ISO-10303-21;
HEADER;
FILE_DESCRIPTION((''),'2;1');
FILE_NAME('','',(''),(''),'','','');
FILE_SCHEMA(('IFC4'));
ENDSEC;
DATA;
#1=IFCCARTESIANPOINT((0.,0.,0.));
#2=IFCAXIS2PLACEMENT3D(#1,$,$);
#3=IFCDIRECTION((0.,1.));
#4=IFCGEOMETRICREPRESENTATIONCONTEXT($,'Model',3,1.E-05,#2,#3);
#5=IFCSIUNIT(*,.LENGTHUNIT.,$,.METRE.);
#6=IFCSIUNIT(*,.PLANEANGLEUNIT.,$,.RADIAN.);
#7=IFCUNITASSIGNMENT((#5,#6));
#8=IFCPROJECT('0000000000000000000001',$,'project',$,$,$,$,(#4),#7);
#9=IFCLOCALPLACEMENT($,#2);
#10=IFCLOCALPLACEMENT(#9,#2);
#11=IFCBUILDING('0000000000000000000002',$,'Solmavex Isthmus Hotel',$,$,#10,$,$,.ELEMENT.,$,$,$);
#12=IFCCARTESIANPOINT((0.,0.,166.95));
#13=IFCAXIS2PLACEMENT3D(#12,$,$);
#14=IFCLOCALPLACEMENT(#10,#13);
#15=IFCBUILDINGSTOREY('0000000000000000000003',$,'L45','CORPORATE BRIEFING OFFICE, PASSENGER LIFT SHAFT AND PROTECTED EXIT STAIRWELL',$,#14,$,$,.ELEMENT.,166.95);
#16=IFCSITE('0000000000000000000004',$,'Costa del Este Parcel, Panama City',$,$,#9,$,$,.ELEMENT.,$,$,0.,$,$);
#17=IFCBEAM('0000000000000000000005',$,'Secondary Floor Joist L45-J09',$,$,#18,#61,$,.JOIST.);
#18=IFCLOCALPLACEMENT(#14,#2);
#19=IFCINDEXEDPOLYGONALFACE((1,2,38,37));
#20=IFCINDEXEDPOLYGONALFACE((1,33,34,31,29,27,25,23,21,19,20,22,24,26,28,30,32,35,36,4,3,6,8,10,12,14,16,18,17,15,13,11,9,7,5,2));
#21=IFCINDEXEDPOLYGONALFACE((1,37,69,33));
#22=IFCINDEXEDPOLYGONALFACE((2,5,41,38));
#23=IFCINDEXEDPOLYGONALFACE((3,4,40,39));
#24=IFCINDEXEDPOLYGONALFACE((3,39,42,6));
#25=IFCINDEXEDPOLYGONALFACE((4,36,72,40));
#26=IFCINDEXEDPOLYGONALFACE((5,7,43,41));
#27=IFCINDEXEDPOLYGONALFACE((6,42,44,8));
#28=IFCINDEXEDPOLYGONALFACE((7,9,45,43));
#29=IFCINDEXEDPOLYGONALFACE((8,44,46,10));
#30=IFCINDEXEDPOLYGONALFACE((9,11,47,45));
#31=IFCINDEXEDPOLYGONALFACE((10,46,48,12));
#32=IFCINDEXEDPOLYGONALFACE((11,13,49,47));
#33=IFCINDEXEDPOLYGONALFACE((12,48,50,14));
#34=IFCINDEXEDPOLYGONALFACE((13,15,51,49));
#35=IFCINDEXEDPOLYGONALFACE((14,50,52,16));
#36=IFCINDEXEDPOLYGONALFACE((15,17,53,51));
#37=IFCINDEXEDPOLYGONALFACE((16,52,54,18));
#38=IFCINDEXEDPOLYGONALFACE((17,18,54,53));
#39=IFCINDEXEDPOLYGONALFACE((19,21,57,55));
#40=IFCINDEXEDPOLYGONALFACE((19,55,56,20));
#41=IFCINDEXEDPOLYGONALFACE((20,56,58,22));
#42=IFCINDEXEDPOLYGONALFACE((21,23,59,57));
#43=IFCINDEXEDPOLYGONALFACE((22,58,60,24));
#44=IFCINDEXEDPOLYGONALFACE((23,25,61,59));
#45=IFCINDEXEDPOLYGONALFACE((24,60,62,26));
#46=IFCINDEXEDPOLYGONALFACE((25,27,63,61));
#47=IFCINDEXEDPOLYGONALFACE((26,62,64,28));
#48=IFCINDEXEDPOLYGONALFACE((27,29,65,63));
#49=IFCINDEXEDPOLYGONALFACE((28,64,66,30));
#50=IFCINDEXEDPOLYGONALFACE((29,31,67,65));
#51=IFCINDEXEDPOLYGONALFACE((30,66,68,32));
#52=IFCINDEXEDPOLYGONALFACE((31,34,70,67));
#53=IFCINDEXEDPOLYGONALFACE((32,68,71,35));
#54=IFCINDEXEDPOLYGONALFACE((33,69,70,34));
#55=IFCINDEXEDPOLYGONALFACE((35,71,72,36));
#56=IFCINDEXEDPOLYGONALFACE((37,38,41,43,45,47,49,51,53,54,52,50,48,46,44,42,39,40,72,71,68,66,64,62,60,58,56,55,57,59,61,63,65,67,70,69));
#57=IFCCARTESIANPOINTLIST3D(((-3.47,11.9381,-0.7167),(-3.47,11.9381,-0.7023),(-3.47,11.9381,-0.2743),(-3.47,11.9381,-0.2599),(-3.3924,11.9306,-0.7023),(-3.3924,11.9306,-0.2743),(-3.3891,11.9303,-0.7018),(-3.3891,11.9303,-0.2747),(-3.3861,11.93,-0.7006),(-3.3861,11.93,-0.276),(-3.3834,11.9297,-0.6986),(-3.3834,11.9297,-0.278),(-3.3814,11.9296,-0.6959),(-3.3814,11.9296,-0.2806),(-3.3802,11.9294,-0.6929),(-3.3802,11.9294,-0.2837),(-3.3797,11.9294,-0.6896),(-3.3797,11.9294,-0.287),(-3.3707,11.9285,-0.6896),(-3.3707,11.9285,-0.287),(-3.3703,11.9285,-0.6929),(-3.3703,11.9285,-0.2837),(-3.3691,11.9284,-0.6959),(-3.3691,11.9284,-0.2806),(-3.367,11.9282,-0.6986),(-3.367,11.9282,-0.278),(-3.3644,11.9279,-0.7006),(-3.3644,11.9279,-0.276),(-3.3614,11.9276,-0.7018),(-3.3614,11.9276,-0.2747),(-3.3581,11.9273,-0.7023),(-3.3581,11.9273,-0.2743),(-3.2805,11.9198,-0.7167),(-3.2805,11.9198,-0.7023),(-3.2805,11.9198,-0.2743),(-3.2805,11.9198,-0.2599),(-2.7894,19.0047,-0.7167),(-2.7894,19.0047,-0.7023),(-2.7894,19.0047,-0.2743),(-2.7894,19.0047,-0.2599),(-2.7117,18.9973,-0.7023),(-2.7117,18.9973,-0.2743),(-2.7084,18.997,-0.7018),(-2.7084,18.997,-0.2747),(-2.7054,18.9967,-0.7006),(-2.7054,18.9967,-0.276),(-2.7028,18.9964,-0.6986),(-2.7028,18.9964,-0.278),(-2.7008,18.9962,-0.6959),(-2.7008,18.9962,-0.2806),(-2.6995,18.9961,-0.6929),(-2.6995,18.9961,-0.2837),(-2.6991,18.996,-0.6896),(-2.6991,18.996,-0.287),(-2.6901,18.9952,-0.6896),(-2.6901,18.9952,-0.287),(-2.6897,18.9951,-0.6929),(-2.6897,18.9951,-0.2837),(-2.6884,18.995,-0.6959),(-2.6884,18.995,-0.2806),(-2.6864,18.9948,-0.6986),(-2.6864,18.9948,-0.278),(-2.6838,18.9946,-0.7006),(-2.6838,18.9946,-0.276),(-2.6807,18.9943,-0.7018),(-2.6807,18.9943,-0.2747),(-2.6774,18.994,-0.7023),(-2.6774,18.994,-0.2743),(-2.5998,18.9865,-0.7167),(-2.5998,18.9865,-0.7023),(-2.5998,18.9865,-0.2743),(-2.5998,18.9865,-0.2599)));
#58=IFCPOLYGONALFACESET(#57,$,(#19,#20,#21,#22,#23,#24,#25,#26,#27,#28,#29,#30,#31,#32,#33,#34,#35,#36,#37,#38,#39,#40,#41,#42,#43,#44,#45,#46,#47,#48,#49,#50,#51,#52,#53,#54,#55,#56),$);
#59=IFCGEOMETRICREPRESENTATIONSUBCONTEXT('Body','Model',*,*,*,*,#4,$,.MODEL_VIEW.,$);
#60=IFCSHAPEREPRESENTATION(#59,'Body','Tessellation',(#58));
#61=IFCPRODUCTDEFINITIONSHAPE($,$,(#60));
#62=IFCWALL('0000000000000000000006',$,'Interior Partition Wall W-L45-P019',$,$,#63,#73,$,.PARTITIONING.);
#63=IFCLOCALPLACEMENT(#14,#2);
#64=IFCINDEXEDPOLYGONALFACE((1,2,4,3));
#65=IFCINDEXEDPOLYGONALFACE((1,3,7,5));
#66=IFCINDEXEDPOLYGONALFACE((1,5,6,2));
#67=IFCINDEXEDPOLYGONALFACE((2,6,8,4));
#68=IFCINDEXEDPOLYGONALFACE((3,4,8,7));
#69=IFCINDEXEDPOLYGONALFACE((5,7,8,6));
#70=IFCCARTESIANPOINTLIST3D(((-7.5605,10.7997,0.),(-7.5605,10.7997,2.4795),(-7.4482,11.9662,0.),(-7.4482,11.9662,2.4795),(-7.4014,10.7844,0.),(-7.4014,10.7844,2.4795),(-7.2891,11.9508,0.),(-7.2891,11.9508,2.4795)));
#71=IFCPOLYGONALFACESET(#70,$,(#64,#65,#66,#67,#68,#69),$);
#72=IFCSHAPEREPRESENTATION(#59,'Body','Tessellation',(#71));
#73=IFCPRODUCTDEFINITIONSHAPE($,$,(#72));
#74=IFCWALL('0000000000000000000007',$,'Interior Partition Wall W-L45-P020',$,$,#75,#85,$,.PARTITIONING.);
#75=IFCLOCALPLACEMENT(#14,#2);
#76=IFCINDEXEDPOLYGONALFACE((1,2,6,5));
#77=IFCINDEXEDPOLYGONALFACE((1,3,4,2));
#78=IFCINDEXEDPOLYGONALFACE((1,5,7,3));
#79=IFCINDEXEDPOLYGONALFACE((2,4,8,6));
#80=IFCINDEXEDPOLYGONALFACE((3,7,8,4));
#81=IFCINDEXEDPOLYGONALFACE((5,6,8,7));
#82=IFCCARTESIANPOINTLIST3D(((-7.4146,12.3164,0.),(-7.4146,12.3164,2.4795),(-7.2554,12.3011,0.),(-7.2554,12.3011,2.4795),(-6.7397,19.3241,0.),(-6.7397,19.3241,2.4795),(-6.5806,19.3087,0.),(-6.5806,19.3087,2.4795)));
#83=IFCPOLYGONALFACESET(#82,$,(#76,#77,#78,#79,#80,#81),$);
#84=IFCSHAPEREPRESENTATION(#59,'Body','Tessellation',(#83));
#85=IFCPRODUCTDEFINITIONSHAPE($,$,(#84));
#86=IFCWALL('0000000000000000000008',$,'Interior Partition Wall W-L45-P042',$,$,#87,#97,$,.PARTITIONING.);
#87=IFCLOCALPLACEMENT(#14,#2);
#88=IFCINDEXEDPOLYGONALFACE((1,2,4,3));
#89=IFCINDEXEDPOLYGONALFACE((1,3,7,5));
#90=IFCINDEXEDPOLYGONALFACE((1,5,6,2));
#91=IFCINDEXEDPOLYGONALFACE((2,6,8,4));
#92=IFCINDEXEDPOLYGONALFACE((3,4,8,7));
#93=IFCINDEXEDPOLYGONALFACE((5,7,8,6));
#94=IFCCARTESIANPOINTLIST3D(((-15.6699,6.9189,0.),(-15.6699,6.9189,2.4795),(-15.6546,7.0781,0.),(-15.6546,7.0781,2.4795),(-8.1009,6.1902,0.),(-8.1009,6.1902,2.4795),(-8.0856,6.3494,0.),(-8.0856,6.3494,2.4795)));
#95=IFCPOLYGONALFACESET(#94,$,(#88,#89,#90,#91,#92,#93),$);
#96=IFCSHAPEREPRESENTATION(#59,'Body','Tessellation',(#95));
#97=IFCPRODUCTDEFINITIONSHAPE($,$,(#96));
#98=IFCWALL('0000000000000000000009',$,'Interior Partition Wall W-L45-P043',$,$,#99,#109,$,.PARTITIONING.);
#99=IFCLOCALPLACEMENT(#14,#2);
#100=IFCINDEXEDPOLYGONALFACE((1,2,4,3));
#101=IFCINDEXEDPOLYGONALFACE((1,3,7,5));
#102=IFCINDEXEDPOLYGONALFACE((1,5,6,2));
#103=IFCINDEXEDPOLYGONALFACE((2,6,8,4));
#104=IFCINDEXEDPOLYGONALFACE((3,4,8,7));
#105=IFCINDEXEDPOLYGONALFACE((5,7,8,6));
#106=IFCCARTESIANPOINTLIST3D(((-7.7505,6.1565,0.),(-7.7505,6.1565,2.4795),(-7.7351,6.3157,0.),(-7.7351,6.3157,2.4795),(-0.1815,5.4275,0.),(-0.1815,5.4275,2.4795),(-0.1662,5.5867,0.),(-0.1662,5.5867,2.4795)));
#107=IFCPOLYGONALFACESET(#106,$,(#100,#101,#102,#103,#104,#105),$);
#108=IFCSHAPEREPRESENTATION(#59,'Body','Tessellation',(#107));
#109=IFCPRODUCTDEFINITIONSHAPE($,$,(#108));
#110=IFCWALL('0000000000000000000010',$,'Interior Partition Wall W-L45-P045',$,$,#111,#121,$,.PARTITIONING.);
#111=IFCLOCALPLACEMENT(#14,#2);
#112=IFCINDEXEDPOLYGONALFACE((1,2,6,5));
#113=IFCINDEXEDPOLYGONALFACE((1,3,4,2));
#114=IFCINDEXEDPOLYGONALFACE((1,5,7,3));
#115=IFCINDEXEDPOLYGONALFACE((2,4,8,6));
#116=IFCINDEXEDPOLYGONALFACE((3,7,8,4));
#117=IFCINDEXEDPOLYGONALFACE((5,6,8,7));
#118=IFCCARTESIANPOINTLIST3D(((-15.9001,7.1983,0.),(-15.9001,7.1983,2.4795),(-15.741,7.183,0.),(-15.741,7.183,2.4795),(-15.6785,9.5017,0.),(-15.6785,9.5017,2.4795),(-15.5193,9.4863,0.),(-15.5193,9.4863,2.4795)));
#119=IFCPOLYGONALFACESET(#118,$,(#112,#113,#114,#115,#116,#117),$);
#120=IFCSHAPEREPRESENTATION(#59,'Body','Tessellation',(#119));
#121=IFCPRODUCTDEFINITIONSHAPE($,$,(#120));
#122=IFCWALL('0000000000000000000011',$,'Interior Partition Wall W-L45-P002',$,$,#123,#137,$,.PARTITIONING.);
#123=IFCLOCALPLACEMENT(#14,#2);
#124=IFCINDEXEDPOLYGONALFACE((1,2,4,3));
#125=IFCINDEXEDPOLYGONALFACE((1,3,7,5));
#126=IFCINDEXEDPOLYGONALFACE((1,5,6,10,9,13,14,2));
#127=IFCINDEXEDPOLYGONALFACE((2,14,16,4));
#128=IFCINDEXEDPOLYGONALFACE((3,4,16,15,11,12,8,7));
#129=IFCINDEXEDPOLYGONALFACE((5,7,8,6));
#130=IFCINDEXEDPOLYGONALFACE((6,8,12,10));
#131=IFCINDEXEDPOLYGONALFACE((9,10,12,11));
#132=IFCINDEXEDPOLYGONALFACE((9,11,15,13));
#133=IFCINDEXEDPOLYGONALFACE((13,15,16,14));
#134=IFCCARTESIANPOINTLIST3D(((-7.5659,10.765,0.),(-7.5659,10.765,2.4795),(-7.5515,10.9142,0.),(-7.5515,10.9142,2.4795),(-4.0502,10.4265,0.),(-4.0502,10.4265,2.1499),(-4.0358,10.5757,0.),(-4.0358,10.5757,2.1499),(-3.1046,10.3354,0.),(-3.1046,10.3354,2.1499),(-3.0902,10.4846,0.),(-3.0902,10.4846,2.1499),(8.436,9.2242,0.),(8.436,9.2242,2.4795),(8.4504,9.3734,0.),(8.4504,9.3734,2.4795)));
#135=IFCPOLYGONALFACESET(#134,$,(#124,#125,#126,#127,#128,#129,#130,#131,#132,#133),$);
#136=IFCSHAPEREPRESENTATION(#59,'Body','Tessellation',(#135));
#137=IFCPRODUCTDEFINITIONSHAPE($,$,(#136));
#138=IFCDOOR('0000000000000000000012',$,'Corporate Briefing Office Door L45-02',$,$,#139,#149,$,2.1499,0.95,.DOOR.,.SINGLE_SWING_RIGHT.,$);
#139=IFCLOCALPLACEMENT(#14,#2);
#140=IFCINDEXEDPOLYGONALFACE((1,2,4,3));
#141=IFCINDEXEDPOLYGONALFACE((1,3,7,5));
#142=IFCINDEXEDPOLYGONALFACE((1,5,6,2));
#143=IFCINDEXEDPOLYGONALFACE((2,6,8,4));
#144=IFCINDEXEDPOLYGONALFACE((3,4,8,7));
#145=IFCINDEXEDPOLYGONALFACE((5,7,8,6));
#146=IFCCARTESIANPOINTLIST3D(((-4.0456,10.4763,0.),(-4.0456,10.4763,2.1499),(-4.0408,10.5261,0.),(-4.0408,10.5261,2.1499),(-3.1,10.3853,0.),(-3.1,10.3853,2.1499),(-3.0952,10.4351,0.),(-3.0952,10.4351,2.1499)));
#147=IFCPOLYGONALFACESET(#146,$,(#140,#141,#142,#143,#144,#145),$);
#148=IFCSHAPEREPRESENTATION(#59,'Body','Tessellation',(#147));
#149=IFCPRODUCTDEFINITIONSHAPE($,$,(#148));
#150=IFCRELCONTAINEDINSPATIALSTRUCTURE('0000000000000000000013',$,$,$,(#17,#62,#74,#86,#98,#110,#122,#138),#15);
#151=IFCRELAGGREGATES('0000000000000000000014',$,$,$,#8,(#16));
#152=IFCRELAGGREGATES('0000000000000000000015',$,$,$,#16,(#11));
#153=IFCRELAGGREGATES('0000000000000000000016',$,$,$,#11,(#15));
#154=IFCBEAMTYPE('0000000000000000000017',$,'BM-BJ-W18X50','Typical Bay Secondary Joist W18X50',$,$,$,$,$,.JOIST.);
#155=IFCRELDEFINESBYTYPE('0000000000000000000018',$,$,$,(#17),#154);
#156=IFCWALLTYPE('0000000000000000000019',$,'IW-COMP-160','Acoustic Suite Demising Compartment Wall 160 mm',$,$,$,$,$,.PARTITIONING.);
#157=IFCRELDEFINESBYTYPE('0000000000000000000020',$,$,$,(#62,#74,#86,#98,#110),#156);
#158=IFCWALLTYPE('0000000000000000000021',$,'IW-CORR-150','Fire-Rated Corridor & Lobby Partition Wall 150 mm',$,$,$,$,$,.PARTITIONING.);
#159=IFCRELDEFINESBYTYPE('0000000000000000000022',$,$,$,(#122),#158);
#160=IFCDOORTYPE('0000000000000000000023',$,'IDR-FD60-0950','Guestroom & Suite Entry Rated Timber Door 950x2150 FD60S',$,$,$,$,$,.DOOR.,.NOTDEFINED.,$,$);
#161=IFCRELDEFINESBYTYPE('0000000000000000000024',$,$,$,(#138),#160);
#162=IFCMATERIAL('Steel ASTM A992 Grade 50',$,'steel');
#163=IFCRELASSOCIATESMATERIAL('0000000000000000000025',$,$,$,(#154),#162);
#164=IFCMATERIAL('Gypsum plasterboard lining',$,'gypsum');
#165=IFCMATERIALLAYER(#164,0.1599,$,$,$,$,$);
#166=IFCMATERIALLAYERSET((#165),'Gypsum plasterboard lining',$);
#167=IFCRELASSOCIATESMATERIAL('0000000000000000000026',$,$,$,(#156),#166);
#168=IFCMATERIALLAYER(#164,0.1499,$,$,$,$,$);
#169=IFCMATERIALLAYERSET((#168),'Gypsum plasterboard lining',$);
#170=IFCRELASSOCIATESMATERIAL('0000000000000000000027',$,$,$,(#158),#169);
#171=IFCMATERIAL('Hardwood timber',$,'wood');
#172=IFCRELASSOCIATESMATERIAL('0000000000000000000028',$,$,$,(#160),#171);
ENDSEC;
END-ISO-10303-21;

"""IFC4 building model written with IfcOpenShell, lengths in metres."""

from ifc_helpers import new_model, si_unit, direction, frame, frame_2d, origin, origin_2d, place, context, subcontext, project, spatial, rectangle, i_section, extrude, material, layer, layer_set, material_profile, profile_set, type_object, element, fill, save


model = new_model("IFC4")

# Units and contexts
model_context = context("Model", 3, precision=1e-05, world=origin(), true_north=direction((0.0, 1.0)))
body_context = subcontext(model_context, "Body", "Model", "MODEL_VIEW")
ifc_project = project(units=[si_unit("LENGTHUNIT", "METRE"), si_unit("PLANEANGLEUNIT", "RADIAN")], contexts=[model_context])

# Site, building, storey
site_placement = place(None, origin())
site = spatial("IfcSite", under=ifc_project, at=site_placement, Name="Costa del Este Parcel, Panama City", CompositionType="ELEMENT", RefElevation=0.0)
building_placement = place(site_placement, origin())
building = spatial("IfcBuilding", under=site, at=building_placement, Name="Solmavex Isthmus Hotel", CompositionType="ELEMENT")
storey_placement = place(building_placement, frame((0.0, 0.0, 166.95)))
storey = spatial("IfcBuildingStorey", under=building, at=storey_placement, Name="L45", Description="CORPORATE BRIEFING OFFICE, PASSENGER LIFT SHAFT AND PROTECTED EXIT STAIRWELL", CompositionType="ELEMENT", Elevation=166.95)

# Beam
ifc_material_1 = material(Name="Steel ASTM A992 Grade 50", Category="steel")
ifc_material_profile_1 = material_profile(ifc_material_1, i_section(OverallWidth=0.1904, OverallDepth=0.4568, WebThickness=0.009, FlangeThickness=0.0144, FilletRadius=0.0127, at=origin_2d()), Name="W18X50")
ifc_profile_set_1 = profile_set([ifc_material_profile_1], Name="Steel ASTM A992 Grade 50")
beam_type_1 = type_object("IfcBeamType", Name="BM-BJ-W18X50", Description="Typical Bay Secondary Joist W18X50", PredefinedType="JOIST", material=ifc_profile_set_1)
beam_1_placement = place(storey_placement, frame((-3.3752, 11.929, -0.4883), z_axis=(0.095877, 0.995393, 0.0), x_axis=(-0.995393, 0.095877, 0.0)))
element("IfcBeam", 1, at=beam_1_placement, inside=storey, type_object=beam_type_1, Name="Secondary Floor Joist L45-J09", PredefinedType="JOIST", context=body_context, shape_type="SweptSolid", body=[
    extrude(i_section(OverallWidth=0.1904, OverallDepth=0.4568, WebThickness=0.009, FlangeThickness=0.0144, FilletRadius=0.0127, at=origin_2d()), origin(), (0.0, 0.0, 1.0), 7.0994),
])

# Walls
ifc_material_2 = material(Name="Gypsum plasterboard lining", Category="gypsum")
ifc_layer_1 = layer(ifc_material_2, 0.1599)
ifc_layer_set_1 = layer_set([ifc_layer_1], Name="Gypsum plasterboard lining")
wall_type_1 = type_object("IfcWallType", Name="IW-COMP-160", Description="Acoustic Suite Demising Compartment Wall 160 mm", PredefinedType="PARTITIONING", material=ifc_layer_set_1)
wall_1_placement = place(storey_placement, frame((-7.3687, 11.9585, 0.0), z_axis=(0.0, 0.0, 1.0), x_axis=(-0.095831, -0.995398, 0.0)))
element("IfcWall", 2, at=wall_1_placement, inside=storey, type_object=wall_type_1, Name="Interior Partition Wall W-L45-P019", PredefinedType="PARTITIONING", context=body_context, shape_type="SweptSolid", body=[
    extrude(rectangle(XDim=1.1719, YDim=0.1599, at=frame_2d((0.5859, 0.0))), origin(), (0.0, 0.0, 1.0), 2.4795),
])
wall_2_placement = place(storey_placement, frame((-6.6602, 19.3164, 0.0), z_axis=(0.0, 0.0, 1.0), x_axis=(-0.095853, -0.995395, 0.0)))
element("IfcWall", 3, at=wall_2_placement, inside=storey, type_object=wall_type_1, Name="Interior Partition Wall W-L45-P020", PredefinedType="PARTITIONING", context=body_context, shape_type="SweptSolid", body=[
    extrude(rectangle(XDim=7.04, YDim=0.1599, at=frame_2d((3.52, 0.0))), origin(), (0.0, 0.0, 1.0), 2.4795),
])
for number, where, z_axis, x_axis, name in (
    (4, (-8.0933, 6.2698, 0.0), (0.0, 0.0, 1.0), (-0.995397, 0.095838, 0.0), "Interior Partition Wall W-L45-P042"),
    (5, (-0.1738, 5.5071, 0.0), (0.0, 0.0, 1.0), (-0.995394, 0.09587, 0.0), "Interior Partition Wall W-L45-P043"),
):
    element("IfcWall", number, at=place(storey_placement, frame(where, z_axis=z_axis, x_axis=x_axis)), inside=storey, type_object=wall_type_1, Name=name, PredefinedType="PARTITIONING", context=body_context, shape_type="SweptSolid", body=[
        extrude(rectangle(XDim=7.604, YDim=0.1599, at=frame_2d((3.802, 0.0))), origin(), (0.0, 0.0, 1.0), 2.4795),
    ])
wall_3_placement = place(storey_placement, frame((-15.8206, 7.1907, 0.0), z_axis=(0.0, 0.0, 1.0), x_axis=(0.095805, 0.9954, 0.0)))
element("IfcWall", 6, at=wall_3_placement, inside=storey, type_object=wall_type_1, Name="Interior Partition Wall W-L45-P045", PredefinedType="PARTITIONING", context=body_context, shape_type="SweptSolid", body=[
    extrude(rectangle(XDim=2.314, YDim=0.1599, at=frame_2d((1.157, 0.0))), origin(), (0.0, 0.0, 1.0), 2.4795),
])

# Wall, opening, door
ifc_layer_2 = layer(ifc_material_2, 0.1499)
ifc_layer_set_2 = layer_set([ifc_layer_2], Name="Gypsum plasterboard lining")
wall_type_2 = type_object("IfcWallType", Name="IW-CORR-150", Description="Fire-Rated Corridor & Lobby Partition Wall 150 mm", PredefinedType="PARTITIONING", material=ifc_layer_set_2)
wall_4_placement = place(storey_placement, frame((-7.5588, 10.8396, 0.0), z_axis=(0.0, 0.0, 1.0), x_axis=(0.995396, -0.095843, 0.0)))
wall_4 = element("IfcWall", 7, at=wall_4_placement, inside=storey, type_object=wall_type_2, Name="Interior Partition Wall W-L45-P002", PredefinedType="PARTITIONING", context=body_context, shape_type="SweptSolid", body=[
    extrude(rectangle(XDim=16.0759, YDim=0.1499, at=frame_2d((8.0381, 0.0))), origin(), (0.0, 0.0, 1.0), 2.4795),
])
opening_1_placement = place(wall_4_placement, frame((3.532, 0.0, 0.0)))
opening_1 = element("IfcOpeningElement", 8, at=opening_1_placement, cuts=wall_4, PredefinedType="OPENING", context=body_context, shape_type="SweptSolid", body=[
    extrude(rectangle(XDim=0.95, YDim=2.1499, at=frame_2d((0.4751, 1.075))), frame((0.0, 0.085, 0.0), z_axis=(0.0, -1.0, 0.0), x_axis=(1.0, 0.0, 0.0)), (0.0, 0.0, 1.0), 0.1699),
])
ifc_material_3 = material(Name="Hardwood timber", Category="wood")
door_type = type_object("IfcDoorType", Name="IDR-FD60-0950", Description="Guestroom & Suite Entry Rated Timber Door 950x2150 FD60S", OperationType="NOTDEFINED", PredefinedType="DOOR", material=ifc_material_3)
door_1_placement = place(opening_1_placement, frame((0.95, 0.0, 0.0), z_axis=(0.0, 0.0, 1.0), x_axis=(-1.0, 0.0, 0.0)))
door_1 = element("IfcDoor", 9, at=door_1_placement, inside=storey, type_object=door_type, Name="Corporate Briefing Office Door L45-02", OperationType="SINGLE_SWING_RIGHT", OverallHeight=2.1499, OverallWidth=0.95, PredefinedType="DOOR", context=body_context, shape_type="SweptSolid", body=[
    extrude(rectangle(XDim=0.95, YDim=2.1499, at=frame_2d((0.4751, 1.075))), frame((0.0, 0.0249, 0.0), z_axis=(0.0, -1.0, 0.0), x_axis=(1.0, 0.0, 0.0)), (0.0, 0.0, 1.0), 0.05),
])
fill(opening_1, door_1)

save(model, "model.ifc")
